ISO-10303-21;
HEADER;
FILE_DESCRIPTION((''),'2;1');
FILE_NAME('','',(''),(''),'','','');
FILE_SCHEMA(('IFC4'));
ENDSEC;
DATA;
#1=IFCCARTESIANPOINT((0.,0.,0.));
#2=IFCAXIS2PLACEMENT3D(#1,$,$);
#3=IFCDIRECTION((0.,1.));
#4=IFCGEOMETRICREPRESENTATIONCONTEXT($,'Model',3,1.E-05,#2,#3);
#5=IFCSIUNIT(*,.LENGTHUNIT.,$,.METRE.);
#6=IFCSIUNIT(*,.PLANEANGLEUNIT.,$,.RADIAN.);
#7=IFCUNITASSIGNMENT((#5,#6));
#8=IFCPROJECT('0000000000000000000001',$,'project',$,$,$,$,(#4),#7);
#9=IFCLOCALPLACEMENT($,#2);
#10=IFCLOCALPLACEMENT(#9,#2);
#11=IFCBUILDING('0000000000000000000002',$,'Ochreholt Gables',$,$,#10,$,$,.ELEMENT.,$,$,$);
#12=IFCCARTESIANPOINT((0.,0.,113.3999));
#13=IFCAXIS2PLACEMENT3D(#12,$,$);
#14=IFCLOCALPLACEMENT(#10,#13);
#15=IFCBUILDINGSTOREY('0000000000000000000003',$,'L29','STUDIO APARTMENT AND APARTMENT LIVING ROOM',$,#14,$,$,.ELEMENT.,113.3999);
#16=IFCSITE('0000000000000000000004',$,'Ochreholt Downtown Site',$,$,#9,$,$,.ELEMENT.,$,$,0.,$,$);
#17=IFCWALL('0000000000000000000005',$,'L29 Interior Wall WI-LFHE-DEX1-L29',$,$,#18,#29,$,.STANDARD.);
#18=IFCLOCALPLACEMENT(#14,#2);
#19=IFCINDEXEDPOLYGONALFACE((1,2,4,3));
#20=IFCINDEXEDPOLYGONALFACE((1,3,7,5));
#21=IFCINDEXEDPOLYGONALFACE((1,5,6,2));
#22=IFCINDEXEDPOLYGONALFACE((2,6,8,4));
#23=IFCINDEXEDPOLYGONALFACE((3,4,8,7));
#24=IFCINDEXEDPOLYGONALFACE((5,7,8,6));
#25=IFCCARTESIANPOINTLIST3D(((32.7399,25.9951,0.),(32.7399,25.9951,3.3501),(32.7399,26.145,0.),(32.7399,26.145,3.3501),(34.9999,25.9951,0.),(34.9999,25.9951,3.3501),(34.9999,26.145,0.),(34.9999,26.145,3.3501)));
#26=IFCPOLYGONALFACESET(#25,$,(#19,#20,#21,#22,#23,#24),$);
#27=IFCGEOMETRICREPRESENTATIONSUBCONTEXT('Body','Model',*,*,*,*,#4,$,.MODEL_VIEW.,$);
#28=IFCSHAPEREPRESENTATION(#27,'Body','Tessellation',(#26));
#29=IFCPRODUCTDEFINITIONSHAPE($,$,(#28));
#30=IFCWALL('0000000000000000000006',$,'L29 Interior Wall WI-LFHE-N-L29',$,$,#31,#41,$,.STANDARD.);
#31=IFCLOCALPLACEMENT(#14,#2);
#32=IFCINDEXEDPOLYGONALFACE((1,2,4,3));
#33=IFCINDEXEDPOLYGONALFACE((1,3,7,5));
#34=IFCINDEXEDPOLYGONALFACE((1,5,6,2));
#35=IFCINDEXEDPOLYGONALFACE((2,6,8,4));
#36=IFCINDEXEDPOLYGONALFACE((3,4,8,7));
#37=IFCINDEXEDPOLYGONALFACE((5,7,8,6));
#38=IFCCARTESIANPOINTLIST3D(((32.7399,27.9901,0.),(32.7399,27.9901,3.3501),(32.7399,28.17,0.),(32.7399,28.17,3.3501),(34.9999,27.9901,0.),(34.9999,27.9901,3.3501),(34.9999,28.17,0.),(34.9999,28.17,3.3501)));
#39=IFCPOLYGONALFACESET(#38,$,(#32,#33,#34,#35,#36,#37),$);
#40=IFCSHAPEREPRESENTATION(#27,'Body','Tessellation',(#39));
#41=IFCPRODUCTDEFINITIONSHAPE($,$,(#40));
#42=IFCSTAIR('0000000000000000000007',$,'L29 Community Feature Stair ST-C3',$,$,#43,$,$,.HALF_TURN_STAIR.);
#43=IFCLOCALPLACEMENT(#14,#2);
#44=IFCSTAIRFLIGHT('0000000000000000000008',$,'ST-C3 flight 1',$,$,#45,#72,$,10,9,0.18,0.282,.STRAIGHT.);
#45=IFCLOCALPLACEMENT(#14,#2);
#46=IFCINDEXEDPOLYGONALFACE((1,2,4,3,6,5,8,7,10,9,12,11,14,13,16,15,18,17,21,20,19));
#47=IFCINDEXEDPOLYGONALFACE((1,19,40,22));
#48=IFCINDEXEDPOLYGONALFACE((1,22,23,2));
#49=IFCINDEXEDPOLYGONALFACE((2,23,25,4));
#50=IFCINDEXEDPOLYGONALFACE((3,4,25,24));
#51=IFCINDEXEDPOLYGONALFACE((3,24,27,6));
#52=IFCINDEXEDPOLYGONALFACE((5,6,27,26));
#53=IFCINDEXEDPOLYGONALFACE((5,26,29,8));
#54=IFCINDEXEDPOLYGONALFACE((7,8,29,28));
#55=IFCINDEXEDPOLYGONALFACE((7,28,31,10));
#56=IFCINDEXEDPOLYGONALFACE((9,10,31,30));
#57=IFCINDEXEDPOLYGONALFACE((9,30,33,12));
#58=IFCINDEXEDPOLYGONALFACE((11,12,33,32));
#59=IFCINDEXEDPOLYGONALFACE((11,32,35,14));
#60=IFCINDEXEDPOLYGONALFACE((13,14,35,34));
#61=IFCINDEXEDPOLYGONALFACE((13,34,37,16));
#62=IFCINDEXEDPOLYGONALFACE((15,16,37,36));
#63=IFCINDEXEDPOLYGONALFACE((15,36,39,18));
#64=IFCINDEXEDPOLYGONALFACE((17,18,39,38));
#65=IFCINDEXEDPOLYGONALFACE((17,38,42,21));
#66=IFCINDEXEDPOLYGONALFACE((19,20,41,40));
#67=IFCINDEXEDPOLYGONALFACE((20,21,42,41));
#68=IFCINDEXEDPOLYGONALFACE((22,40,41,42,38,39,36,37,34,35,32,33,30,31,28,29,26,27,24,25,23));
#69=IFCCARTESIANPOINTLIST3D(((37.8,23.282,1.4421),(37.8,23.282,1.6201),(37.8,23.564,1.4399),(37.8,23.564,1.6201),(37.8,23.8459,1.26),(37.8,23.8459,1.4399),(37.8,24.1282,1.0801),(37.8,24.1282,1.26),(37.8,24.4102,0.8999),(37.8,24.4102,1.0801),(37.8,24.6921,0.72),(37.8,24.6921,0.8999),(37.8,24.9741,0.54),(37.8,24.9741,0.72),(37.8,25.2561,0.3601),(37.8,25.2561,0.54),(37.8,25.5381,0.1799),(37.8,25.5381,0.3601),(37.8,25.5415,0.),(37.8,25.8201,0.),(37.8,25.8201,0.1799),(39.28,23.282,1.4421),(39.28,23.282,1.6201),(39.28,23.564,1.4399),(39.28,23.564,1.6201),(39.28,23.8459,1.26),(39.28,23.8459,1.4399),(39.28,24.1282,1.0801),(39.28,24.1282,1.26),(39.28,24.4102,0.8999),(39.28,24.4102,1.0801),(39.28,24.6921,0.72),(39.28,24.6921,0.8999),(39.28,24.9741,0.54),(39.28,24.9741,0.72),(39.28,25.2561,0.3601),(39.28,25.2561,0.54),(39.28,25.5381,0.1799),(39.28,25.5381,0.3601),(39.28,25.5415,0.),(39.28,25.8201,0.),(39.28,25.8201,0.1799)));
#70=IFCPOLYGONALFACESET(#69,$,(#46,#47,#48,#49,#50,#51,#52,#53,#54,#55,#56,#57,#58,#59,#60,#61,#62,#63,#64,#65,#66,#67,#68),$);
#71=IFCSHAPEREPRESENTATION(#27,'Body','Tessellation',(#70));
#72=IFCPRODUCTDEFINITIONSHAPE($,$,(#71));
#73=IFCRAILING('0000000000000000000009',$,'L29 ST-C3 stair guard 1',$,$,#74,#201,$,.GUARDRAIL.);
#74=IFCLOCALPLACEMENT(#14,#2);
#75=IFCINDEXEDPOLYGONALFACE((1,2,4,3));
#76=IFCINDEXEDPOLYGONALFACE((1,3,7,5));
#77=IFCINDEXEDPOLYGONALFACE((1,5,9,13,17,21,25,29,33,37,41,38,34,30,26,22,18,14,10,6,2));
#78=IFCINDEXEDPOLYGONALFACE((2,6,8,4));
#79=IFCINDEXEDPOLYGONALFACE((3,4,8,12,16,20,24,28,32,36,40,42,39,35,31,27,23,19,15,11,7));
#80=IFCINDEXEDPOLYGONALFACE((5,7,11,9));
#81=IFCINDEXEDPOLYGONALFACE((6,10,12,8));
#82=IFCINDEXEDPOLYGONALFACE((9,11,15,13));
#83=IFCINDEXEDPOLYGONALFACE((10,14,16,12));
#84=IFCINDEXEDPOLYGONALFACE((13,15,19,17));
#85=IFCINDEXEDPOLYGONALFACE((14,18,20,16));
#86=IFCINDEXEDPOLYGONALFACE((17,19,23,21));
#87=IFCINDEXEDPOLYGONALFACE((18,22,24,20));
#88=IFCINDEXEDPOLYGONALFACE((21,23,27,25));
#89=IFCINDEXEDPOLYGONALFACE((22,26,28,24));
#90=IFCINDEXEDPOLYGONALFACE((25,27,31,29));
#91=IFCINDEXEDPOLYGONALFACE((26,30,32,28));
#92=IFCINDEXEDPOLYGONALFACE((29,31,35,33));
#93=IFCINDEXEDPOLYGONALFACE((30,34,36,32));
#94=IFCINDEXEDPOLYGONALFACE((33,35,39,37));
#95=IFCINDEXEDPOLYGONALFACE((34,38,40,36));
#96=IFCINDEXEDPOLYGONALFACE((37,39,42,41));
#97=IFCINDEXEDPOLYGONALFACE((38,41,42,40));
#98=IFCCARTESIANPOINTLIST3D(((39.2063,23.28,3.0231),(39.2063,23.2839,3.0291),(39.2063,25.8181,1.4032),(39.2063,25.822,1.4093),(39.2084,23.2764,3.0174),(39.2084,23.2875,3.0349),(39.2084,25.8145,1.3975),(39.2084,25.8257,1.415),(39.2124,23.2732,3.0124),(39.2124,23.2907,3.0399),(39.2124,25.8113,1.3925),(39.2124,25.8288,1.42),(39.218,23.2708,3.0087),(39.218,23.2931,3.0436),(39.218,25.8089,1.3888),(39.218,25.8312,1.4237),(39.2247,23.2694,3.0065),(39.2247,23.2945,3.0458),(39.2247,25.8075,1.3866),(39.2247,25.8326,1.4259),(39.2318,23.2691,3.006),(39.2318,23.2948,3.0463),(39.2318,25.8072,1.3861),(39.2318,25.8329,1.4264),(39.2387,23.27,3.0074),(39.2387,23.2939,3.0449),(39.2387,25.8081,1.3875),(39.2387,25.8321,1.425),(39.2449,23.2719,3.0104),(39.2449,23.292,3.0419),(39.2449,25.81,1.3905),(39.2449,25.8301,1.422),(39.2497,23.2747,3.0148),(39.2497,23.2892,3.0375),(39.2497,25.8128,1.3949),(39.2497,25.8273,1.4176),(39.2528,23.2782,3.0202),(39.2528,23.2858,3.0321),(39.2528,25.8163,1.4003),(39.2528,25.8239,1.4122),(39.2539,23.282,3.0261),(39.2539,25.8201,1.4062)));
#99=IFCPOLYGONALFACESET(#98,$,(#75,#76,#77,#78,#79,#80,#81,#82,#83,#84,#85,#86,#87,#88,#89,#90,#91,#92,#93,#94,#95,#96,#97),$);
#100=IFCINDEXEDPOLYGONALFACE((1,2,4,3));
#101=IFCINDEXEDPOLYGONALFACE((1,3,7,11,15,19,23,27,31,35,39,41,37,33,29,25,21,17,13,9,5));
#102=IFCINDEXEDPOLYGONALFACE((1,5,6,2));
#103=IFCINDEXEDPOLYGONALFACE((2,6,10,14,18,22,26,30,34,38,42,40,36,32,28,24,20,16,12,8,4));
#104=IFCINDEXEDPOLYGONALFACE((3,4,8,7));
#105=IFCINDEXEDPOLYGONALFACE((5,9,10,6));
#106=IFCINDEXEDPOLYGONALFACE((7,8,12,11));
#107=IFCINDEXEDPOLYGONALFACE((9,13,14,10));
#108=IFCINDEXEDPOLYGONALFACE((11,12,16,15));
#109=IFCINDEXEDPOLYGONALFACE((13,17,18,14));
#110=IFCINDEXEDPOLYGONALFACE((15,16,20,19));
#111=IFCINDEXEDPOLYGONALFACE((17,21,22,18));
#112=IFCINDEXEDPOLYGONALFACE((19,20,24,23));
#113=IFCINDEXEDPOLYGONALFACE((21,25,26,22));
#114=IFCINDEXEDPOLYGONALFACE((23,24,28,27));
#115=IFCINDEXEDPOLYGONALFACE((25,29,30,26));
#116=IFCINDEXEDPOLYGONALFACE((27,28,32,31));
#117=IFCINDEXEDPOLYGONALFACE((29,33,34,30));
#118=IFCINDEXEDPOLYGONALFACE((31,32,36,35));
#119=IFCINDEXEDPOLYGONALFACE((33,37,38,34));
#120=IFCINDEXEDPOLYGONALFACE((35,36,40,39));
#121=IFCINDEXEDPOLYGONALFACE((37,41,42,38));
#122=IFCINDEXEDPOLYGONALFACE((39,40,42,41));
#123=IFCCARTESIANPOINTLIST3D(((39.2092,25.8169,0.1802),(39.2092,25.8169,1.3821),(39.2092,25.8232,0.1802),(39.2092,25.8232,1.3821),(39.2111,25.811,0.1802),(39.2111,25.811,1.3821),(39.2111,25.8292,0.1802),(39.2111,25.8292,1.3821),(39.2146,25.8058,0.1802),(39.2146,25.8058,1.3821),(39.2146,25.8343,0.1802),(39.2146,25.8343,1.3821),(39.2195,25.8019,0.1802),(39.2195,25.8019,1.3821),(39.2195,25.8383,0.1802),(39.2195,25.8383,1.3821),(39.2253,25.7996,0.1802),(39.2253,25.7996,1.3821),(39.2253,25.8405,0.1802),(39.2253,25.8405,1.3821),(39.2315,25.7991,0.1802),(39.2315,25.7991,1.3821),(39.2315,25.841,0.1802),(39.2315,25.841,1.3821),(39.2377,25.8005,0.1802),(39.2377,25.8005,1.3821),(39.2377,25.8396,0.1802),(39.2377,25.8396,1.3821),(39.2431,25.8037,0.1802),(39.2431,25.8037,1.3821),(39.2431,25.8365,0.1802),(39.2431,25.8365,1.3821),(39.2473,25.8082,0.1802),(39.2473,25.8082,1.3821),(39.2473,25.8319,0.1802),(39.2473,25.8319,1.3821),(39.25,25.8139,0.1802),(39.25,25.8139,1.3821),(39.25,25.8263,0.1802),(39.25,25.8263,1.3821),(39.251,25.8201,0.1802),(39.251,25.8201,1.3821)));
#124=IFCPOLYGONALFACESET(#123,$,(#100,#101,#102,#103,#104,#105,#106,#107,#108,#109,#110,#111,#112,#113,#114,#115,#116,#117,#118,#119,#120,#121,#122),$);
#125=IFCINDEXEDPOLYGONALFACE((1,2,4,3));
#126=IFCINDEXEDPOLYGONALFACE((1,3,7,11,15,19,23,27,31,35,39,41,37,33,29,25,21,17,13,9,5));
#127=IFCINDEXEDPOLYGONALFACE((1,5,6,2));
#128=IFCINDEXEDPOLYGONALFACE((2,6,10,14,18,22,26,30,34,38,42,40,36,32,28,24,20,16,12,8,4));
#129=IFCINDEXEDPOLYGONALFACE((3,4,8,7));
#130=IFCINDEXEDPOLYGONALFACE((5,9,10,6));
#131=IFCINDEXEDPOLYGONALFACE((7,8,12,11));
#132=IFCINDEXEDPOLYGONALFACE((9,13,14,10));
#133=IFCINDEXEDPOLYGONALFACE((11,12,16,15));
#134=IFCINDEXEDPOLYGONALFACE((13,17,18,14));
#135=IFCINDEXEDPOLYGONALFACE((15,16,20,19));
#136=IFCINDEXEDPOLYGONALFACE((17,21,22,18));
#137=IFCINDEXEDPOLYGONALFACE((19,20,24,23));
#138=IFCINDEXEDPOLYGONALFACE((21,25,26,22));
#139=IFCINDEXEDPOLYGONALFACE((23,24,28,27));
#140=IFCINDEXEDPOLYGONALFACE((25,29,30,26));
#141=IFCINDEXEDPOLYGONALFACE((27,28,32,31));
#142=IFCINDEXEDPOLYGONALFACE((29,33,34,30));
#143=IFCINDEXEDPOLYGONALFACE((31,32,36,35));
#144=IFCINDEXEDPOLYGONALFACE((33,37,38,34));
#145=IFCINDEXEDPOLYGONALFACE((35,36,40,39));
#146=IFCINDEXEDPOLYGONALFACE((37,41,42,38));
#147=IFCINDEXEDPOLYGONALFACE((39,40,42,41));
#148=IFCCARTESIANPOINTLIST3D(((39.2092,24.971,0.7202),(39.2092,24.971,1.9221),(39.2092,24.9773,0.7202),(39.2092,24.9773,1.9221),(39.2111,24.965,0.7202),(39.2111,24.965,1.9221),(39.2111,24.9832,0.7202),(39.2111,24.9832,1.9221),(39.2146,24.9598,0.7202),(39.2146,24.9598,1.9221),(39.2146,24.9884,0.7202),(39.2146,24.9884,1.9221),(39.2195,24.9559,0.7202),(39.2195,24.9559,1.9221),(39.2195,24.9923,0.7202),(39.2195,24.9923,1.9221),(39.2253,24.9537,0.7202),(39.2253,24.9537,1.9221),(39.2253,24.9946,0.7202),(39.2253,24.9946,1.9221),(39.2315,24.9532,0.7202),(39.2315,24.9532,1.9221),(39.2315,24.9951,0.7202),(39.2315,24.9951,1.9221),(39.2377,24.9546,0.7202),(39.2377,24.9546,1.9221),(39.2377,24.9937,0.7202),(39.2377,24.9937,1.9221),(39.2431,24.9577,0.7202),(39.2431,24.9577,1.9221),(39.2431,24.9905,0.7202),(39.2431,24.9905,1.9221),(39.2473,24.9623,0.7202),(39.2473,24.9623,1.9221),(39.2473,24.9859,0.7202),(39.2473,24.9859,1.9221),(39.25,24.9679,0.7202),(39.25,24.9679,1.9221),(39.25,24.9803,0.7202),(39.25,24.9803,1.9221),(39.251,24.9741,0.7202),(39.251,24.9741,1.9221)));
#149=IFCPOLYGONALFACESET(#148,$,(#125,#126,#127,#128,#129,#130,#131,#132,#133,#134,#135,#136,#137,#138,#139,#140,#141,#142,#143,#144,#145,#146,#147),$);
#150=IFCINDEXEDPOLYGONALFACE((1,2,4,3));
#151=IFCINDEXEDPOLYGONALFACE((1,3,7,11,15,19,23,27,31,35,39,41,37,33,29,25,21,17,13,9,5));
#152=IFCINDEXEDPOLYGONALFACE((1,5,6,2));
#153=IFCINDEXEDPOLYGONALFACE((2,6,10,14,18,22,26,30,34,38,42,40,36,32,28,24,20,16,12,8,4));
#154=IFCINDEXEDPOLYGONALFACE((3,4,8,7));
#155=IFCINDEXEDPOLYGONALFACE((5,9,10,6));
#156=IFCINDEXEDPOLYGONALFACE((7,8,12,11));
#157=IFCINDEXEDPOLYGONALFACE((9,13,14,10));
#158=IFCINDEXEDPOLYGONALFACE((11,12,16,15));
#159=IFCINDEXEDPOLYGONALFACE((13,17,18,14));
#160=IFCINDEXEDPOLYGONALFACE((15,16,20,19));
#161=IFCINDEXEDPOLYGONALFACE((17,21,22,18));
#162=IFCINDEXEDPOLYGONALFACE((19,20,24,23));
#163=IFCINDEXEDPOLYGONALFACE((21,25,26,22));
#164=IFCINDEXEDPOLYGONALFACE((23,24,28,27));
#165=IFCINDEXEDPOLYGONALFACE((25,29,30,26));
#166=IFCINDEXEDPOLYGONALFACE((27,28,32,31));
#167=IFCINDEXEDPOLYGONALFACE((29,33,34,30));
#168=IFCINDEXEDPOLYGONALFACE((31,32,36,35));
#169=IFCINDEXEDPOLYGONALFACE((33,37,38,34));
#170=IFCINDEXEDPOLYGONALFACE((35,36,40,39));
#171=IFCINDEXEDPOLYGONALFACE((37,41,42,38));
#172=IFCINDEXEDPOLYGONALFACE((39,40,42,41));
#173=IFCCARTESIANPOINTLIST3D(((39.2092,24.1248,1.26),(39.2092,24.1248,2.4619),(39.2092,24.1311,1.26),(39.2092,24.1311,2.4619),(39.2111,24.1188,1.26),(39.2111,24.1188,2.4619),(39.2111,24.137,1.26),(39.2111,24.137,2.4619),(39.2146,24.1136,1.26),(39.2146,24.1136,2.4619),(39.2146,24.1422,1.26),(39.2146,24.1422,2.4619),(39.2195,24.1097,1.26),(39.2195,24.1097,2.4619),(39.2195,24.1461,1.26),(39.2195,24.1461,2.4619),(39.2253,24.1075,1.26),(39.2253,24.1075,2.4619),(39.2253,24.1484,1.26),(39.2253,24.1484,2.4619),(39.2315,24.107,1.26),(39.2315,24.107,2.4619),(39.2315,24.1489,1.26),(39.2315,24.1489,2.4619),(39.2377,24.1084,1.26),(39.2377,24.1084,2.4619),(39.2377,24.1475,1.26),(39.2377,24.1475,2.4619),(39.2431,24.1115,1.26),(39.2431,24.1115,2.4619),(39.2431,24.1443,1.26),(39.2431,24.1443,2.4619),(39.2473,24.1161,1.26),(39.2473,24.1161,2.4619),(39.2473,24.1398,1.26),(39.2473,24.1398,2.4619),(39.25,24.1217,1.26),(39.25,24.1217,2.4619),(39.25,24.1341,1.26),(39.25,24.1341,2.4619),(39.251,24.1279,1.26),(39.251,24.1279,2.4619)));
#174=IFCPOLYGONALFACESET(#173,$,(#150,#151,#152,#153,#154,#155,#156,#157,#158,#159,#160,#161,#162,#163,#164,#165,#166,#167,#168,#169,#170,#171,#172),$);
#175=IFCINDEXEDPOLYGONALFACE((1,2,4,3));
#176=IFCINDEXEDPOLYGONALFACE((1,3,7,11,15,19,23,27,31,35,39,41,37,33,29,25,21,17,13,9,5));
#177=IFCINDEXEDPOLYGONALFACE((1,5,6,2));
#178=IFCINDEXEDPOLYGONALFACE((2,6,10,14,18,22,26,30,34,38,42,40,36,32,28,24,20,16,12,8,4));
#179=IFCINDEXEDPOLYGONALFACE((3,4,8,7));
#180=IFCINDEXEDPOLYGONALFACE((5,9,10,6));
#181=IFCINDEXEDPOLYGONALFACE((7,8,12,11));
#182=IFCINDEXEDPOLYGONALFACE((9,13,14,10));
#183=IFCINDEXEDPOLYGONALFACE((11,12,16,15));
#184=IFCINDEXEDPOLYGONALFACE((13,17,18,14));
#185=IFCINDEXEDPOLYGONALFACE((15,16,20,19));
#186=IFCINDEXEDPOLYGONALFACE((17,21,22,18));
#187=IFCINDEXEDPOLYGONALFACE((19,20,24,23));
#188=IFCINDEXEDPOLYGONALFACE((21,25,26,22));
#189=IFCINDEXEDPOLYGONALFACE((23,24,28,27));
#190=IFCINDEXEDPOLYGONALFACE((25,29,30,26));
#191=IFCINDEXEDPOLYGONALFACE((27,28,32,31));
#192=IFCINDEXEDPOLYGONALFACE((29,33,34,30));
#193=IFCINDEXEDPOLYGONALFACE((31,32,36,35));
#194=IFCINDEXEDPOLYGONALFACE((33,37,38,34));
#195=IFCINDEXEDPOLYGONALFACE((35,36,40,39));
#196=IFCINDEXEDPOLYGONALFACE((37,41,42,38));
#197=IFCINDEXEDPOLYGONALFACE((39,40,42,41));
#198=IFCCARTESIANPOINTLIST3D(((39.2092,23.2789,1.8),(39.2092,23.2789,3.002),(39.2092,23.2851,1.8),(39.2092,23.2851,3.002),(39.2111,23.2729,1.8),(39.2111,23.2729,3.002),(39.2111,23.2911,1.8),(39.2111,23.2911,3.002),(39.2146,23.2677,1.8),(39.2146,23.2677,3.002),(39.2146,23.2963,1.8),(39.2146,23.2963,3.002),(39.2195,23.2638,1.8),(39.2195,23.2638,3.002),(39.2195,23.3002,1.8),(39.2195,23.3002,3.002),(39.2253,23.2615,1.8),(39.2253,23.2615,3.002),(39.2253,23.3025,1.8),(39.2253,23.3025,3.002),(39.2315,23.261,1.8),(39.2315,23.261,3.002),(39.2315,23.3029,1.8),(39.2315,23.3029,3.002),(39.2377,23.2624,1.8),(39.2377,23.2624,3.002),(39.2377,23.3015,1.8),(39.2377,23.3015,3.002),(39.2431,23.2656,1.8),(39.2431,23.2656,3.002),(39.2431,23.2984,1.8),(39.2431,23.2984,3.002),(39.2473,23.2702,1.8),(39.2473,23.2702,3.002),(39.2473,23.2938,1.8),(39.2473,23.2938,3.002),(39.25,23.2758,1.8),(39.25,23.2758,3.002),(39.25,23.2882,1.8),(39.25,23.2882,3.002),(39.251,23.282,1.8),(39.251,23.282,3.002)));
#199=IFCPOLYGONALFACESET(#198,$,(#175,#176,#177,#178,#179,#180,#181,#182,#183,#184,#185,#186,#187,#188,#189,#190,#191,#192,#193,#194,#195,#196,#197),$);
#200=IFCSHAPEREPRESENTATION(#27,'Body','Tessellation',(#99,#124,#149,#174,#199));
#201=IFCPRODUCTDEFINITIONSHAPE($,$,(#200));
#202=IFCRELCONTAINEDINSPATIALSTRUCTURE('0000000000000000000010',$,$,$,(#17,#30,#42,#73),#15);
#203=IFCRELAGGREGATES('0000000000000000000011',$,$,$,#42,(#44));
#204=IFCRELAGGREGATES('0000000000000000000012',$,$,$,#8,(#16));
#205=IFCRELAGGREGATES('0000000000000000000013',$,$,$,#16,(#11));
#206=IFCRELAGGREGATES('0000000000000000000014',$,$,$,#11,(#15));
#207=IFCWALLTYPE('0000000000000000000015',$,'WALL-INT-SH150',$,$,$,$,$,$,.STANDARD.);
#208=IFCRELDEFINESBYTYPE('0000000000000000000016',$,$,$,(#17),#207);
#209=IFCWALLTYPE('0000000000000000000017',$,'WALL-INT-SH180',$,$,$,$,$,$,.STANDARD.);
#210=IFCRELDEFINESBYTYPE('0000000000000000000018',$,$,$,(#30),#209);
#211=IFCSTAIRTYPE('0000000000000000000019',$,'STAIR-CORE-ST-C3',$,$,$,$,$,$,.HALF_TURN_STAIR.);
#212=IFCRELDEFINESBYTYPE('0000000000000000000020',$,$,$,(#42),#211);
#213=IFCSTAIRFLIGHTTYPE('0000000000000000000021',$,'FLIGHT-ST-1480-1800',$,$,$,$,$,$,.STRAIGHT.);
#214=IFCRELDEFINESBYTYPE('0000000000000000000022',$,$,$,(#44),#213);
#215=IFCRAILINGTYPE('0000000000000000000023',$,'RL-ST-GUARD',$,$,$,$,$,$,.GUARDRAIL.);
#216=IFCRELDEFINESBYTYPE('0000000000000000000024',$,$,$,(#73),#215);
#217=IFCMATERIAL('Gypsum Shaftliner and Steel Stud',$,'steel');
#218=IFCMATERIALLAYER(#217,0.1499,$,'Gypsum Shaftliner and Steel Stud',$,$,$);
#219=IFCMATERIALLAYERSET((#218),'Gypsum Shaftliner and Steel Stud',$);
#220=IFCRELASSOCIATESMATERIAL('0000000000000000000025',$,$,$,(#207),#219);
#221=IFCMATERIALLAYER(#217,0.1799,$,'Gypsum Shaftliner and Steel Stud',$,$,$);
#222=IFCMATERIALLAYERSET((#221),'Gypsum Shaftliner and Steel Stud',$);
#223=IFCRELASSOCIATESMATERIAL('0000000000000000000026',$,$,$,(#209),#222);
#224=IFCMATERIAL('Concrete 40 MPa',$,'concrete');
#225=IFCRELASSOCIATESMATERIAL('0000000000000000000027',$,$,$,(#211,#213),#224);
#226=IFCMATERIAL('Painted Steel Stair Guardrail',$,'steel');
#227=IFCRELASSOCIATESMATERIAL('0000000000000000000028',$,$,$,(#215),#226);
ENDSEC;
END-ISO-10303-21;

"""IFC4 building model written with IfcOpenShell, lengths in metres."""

from ifc_helpers import new_model, si_unit, direction, frame, frame_2d, origin, origin_2d, place, context, subcontext, project, spatial, polyline, rectangle, circle, outline, extrude, material, layer, layer_set, type_object, element, aggregate, save


model = new_model("IFC4")

# Units and contexts
model_context = context("Model", 3, precision=1e-05, world=origin(), true_north=direction((0.0, 1.0)))
body_context = subcontext(model_context, "Body", "Model", "MODEL_VIEW")
ifc_project = project(units=[si_unit("LENGTHUNIT", "METRE"), si_unit("PLANEANGLEUNIT", "RADIAN")], contexts=[model_context])

# Site, building, storey
site_placement = place(None, origin())
site = spatial("IfcSite", under=ifc_project, at=site_placement, Name="Ochreholt Downtown Site", CompositionType="ELEMENT", RefElevation=0.0)
building_placement = place(site_placement, origin())
building = spatial("IfcBuilding", under=site, at=building_placement, Name="Ochreholt Gables", CompositionType="ELEMENT")
storey_placement = place(building_placement, frame((0.0, 0.0, 113.3999)))
storey = spatial("IfcBuildingStorey", under=building, at=storey_placement, Name="L29", Description="STUDIO APARTMENT AND APARTMENT LIVING ROOM", CompositionType="ELEMENT", Elevation=113.3999)

# Walls
ifc_material_1 = material(Name="Gypsum Shaftliner and Steel Stud", Category="steel")
ifc_layer_1 = layer(ifc_material_1, 0.1499, Name="Gypsum Shaftliner and Steel Stud")
ifc_layer_set_1 = layer_set([ifc_layer_1], Name="Gypsum Shaftliner and Steel Stud")
wall_type_1 = type_object("IfcWallType", Name="WALL-INT-SH150", PredefinedType="STANDARD", material=ifc_layer_set_1)
for number, where, z_axis, x_axis, name in (
    (1, (32.74, 26.0701, 0.0), (0.0, 0.0, 1.0), (1.0, 0.0, 0.0), "L29 Interior Wall WI-LFHE-DEX1-L29"),
):
    element("IfcWall", number, at=place(storey_placement, frame(where, z_axis=z_axis, x_axis=x_axis)), inside=storey, type_object=wall_type_1, Name=name, PredefinedType="STANDARD", context=body_context, shape_type="SweptSolid", body=[
        extrude(rectangle(XDim=2.26, YDim=0.1499, at=frame_2d((1.1299, 0.0))), origin(), (0.0, 0.0, 1.0), 3.3501),
    ])
ifc_layer_2 = layer(ifc_material_1, 0.1799, Name="Gypsum Shaftliner and Steel Stud")
ifc_layer_set_2 = layer_set([ifc_layer_2], Name="Gypsum Shaftliner and Steel Stud")
wall_type_2 = type_object("IfcWallType", Name="WALL-INT-SH180", PredefinedType="STANDARD", material=ifc_layer_set_2)
wall_1_placement = place(storey_placement, frame((32.74, 28.0801, 0.0), z_axis=(0.0, 0.0, 1.0), x_axis=(1.0, 0.0, 0.0)))
element("IfcWall", 2, at=wall_1_placement, inside=storey, type_object=wall_type_2, Name="L29 Interior Wall WI-LFHE-N-L29", PredefinedType="STANDARD", context=body_context, shape_type="SweptSolid", body=[
    extrude(rectangle(XDim=2.26, YDim=0.1799, at=frame_2d((1.1299, 0.0))), origin(), (0.0, 0.0, 1.0), 3.3501),
])

# Stair, stair flight
ifc_material_2 = material(Name="Concrete 40 MPa", Category="concrete")
stair_type = type_object("IfcStairType", Name="STAIR-CORE-ST-C3", PredefinedType="HALF_TURN_STAIR", material=ifc_material_2)
stair_placement = place(storey_placement, origin())
stair = element("IfcStair", 3, at=stair_placement, inside=storey, type_object=stair_type, Name="L29 Community Feature Stair ST-C3", PredefinedType="HALF_TURN_STAIR")
stair_flight_type = type_object("IfcStairFlightType", Name="FLIGHT-ST-1480-1800", PredefinedType="STRAIGHT", material=ifc_material_2)
stair_flight_placement = place(storey_placement, frame((38.54, 25.8201, 0.0), z_axis=(0.0, 0.0, 1.0), x_axis=(0.0, -1.0, 0.0)))
stair_flight = element("IfcStairFlight", 4, at=stair_flight_placement, type_object=stair_flight_type, Name="ST-C3 flight 1", NumberOfRisers=10, NumberOfTreads=9, PredefinedType="STRAIGHT", RiserHeight=0.18, TreadLength=0.282, context=body_context, shape_type="SweptSolid", body=[
    extrude(outline(polyline([(0.0, 0.0), (0.0, 0.1799), (0.282, 0.1799), (0.282, 0.3601), (0.564, 0.3601), (0.564, 0.54), (0.8459, 0.54), (0.8459, 0.72), (1.1279, 0.72), (1.1279, 0.8999), (1.4099, 0.8999), (1.4099, 1.0801), (1.6919, 1.0801), (1.6919, 1.26), (1.9741, 1.26), (1.9741, 1.4399), (2.2561, 1.4399), (2.2561, 1.6201), (2.5381, 1.6201), (2.5381, 1.8), (2.5381, 1.4421), (0.2786, 0.0), (0.0, 0.0)])), frame((0.0, 0.74, 0.0), z_axis=(0.0, -1.0, 0.0), x_axis=(1.0, 0.0, 0.0)), (0.0, 0.0, 1.0), 1.48),
])
aggregate(stair, [stair_flight])

# Railing
ifc_material_3 = material(Name="Painted Steel Stair Guardrail", Category="steel")
railing_type_1 = type_object("IfcRailingType", Name="RL-ST-GUARD", PredefinedType="GUARDRAIL", material=ifc_material_3)
railing_1_placement = place(storey_placement, frame((39.23, 25.8201, 0.1802)))
element("IfcRailing", 5, at=railing_1_placement, inside=storey, type_object=railing_type_1, Name="L29 ST-C3 stair guard 1", PredefinedType="GUARDRAIL", context=body_context, shape_type="SweptSolid", body=[
    extrude(circle(Radius=0.0239, at=origin_2d()), frame((0.0, 0.0, 1.2261), z_axis=(0.0, -0.84295, 0.537993), x_axis=(1.0, 0.0, 0.0)), (0.0, 0.0, 1.0), 3.011),
    extrude(circle(Radius=0.021, at=origin_2d()), origin(), (0.0, 0.0, 1.0), 1.2019),
    extrude(circle(Radius=0.021, at=origin_2d()), frame((0.0, -0.8459, 0.54)), (0.0, 0.0, 1.0), 1.2019),
    extrude(circle(Radius=0.021, at=origin_2d()), frame((0.0, -1.6921, 1.0798)), (0.0, 0.0, 1.0), 1.2019),
    extrude(circle(Radius=0.021, at=origin_2d()), frame((0.0, -2.5381, 1.6199)), (0.0, 0.0, 1.0), 1.2019),
])

save(model, "model.ifc")
